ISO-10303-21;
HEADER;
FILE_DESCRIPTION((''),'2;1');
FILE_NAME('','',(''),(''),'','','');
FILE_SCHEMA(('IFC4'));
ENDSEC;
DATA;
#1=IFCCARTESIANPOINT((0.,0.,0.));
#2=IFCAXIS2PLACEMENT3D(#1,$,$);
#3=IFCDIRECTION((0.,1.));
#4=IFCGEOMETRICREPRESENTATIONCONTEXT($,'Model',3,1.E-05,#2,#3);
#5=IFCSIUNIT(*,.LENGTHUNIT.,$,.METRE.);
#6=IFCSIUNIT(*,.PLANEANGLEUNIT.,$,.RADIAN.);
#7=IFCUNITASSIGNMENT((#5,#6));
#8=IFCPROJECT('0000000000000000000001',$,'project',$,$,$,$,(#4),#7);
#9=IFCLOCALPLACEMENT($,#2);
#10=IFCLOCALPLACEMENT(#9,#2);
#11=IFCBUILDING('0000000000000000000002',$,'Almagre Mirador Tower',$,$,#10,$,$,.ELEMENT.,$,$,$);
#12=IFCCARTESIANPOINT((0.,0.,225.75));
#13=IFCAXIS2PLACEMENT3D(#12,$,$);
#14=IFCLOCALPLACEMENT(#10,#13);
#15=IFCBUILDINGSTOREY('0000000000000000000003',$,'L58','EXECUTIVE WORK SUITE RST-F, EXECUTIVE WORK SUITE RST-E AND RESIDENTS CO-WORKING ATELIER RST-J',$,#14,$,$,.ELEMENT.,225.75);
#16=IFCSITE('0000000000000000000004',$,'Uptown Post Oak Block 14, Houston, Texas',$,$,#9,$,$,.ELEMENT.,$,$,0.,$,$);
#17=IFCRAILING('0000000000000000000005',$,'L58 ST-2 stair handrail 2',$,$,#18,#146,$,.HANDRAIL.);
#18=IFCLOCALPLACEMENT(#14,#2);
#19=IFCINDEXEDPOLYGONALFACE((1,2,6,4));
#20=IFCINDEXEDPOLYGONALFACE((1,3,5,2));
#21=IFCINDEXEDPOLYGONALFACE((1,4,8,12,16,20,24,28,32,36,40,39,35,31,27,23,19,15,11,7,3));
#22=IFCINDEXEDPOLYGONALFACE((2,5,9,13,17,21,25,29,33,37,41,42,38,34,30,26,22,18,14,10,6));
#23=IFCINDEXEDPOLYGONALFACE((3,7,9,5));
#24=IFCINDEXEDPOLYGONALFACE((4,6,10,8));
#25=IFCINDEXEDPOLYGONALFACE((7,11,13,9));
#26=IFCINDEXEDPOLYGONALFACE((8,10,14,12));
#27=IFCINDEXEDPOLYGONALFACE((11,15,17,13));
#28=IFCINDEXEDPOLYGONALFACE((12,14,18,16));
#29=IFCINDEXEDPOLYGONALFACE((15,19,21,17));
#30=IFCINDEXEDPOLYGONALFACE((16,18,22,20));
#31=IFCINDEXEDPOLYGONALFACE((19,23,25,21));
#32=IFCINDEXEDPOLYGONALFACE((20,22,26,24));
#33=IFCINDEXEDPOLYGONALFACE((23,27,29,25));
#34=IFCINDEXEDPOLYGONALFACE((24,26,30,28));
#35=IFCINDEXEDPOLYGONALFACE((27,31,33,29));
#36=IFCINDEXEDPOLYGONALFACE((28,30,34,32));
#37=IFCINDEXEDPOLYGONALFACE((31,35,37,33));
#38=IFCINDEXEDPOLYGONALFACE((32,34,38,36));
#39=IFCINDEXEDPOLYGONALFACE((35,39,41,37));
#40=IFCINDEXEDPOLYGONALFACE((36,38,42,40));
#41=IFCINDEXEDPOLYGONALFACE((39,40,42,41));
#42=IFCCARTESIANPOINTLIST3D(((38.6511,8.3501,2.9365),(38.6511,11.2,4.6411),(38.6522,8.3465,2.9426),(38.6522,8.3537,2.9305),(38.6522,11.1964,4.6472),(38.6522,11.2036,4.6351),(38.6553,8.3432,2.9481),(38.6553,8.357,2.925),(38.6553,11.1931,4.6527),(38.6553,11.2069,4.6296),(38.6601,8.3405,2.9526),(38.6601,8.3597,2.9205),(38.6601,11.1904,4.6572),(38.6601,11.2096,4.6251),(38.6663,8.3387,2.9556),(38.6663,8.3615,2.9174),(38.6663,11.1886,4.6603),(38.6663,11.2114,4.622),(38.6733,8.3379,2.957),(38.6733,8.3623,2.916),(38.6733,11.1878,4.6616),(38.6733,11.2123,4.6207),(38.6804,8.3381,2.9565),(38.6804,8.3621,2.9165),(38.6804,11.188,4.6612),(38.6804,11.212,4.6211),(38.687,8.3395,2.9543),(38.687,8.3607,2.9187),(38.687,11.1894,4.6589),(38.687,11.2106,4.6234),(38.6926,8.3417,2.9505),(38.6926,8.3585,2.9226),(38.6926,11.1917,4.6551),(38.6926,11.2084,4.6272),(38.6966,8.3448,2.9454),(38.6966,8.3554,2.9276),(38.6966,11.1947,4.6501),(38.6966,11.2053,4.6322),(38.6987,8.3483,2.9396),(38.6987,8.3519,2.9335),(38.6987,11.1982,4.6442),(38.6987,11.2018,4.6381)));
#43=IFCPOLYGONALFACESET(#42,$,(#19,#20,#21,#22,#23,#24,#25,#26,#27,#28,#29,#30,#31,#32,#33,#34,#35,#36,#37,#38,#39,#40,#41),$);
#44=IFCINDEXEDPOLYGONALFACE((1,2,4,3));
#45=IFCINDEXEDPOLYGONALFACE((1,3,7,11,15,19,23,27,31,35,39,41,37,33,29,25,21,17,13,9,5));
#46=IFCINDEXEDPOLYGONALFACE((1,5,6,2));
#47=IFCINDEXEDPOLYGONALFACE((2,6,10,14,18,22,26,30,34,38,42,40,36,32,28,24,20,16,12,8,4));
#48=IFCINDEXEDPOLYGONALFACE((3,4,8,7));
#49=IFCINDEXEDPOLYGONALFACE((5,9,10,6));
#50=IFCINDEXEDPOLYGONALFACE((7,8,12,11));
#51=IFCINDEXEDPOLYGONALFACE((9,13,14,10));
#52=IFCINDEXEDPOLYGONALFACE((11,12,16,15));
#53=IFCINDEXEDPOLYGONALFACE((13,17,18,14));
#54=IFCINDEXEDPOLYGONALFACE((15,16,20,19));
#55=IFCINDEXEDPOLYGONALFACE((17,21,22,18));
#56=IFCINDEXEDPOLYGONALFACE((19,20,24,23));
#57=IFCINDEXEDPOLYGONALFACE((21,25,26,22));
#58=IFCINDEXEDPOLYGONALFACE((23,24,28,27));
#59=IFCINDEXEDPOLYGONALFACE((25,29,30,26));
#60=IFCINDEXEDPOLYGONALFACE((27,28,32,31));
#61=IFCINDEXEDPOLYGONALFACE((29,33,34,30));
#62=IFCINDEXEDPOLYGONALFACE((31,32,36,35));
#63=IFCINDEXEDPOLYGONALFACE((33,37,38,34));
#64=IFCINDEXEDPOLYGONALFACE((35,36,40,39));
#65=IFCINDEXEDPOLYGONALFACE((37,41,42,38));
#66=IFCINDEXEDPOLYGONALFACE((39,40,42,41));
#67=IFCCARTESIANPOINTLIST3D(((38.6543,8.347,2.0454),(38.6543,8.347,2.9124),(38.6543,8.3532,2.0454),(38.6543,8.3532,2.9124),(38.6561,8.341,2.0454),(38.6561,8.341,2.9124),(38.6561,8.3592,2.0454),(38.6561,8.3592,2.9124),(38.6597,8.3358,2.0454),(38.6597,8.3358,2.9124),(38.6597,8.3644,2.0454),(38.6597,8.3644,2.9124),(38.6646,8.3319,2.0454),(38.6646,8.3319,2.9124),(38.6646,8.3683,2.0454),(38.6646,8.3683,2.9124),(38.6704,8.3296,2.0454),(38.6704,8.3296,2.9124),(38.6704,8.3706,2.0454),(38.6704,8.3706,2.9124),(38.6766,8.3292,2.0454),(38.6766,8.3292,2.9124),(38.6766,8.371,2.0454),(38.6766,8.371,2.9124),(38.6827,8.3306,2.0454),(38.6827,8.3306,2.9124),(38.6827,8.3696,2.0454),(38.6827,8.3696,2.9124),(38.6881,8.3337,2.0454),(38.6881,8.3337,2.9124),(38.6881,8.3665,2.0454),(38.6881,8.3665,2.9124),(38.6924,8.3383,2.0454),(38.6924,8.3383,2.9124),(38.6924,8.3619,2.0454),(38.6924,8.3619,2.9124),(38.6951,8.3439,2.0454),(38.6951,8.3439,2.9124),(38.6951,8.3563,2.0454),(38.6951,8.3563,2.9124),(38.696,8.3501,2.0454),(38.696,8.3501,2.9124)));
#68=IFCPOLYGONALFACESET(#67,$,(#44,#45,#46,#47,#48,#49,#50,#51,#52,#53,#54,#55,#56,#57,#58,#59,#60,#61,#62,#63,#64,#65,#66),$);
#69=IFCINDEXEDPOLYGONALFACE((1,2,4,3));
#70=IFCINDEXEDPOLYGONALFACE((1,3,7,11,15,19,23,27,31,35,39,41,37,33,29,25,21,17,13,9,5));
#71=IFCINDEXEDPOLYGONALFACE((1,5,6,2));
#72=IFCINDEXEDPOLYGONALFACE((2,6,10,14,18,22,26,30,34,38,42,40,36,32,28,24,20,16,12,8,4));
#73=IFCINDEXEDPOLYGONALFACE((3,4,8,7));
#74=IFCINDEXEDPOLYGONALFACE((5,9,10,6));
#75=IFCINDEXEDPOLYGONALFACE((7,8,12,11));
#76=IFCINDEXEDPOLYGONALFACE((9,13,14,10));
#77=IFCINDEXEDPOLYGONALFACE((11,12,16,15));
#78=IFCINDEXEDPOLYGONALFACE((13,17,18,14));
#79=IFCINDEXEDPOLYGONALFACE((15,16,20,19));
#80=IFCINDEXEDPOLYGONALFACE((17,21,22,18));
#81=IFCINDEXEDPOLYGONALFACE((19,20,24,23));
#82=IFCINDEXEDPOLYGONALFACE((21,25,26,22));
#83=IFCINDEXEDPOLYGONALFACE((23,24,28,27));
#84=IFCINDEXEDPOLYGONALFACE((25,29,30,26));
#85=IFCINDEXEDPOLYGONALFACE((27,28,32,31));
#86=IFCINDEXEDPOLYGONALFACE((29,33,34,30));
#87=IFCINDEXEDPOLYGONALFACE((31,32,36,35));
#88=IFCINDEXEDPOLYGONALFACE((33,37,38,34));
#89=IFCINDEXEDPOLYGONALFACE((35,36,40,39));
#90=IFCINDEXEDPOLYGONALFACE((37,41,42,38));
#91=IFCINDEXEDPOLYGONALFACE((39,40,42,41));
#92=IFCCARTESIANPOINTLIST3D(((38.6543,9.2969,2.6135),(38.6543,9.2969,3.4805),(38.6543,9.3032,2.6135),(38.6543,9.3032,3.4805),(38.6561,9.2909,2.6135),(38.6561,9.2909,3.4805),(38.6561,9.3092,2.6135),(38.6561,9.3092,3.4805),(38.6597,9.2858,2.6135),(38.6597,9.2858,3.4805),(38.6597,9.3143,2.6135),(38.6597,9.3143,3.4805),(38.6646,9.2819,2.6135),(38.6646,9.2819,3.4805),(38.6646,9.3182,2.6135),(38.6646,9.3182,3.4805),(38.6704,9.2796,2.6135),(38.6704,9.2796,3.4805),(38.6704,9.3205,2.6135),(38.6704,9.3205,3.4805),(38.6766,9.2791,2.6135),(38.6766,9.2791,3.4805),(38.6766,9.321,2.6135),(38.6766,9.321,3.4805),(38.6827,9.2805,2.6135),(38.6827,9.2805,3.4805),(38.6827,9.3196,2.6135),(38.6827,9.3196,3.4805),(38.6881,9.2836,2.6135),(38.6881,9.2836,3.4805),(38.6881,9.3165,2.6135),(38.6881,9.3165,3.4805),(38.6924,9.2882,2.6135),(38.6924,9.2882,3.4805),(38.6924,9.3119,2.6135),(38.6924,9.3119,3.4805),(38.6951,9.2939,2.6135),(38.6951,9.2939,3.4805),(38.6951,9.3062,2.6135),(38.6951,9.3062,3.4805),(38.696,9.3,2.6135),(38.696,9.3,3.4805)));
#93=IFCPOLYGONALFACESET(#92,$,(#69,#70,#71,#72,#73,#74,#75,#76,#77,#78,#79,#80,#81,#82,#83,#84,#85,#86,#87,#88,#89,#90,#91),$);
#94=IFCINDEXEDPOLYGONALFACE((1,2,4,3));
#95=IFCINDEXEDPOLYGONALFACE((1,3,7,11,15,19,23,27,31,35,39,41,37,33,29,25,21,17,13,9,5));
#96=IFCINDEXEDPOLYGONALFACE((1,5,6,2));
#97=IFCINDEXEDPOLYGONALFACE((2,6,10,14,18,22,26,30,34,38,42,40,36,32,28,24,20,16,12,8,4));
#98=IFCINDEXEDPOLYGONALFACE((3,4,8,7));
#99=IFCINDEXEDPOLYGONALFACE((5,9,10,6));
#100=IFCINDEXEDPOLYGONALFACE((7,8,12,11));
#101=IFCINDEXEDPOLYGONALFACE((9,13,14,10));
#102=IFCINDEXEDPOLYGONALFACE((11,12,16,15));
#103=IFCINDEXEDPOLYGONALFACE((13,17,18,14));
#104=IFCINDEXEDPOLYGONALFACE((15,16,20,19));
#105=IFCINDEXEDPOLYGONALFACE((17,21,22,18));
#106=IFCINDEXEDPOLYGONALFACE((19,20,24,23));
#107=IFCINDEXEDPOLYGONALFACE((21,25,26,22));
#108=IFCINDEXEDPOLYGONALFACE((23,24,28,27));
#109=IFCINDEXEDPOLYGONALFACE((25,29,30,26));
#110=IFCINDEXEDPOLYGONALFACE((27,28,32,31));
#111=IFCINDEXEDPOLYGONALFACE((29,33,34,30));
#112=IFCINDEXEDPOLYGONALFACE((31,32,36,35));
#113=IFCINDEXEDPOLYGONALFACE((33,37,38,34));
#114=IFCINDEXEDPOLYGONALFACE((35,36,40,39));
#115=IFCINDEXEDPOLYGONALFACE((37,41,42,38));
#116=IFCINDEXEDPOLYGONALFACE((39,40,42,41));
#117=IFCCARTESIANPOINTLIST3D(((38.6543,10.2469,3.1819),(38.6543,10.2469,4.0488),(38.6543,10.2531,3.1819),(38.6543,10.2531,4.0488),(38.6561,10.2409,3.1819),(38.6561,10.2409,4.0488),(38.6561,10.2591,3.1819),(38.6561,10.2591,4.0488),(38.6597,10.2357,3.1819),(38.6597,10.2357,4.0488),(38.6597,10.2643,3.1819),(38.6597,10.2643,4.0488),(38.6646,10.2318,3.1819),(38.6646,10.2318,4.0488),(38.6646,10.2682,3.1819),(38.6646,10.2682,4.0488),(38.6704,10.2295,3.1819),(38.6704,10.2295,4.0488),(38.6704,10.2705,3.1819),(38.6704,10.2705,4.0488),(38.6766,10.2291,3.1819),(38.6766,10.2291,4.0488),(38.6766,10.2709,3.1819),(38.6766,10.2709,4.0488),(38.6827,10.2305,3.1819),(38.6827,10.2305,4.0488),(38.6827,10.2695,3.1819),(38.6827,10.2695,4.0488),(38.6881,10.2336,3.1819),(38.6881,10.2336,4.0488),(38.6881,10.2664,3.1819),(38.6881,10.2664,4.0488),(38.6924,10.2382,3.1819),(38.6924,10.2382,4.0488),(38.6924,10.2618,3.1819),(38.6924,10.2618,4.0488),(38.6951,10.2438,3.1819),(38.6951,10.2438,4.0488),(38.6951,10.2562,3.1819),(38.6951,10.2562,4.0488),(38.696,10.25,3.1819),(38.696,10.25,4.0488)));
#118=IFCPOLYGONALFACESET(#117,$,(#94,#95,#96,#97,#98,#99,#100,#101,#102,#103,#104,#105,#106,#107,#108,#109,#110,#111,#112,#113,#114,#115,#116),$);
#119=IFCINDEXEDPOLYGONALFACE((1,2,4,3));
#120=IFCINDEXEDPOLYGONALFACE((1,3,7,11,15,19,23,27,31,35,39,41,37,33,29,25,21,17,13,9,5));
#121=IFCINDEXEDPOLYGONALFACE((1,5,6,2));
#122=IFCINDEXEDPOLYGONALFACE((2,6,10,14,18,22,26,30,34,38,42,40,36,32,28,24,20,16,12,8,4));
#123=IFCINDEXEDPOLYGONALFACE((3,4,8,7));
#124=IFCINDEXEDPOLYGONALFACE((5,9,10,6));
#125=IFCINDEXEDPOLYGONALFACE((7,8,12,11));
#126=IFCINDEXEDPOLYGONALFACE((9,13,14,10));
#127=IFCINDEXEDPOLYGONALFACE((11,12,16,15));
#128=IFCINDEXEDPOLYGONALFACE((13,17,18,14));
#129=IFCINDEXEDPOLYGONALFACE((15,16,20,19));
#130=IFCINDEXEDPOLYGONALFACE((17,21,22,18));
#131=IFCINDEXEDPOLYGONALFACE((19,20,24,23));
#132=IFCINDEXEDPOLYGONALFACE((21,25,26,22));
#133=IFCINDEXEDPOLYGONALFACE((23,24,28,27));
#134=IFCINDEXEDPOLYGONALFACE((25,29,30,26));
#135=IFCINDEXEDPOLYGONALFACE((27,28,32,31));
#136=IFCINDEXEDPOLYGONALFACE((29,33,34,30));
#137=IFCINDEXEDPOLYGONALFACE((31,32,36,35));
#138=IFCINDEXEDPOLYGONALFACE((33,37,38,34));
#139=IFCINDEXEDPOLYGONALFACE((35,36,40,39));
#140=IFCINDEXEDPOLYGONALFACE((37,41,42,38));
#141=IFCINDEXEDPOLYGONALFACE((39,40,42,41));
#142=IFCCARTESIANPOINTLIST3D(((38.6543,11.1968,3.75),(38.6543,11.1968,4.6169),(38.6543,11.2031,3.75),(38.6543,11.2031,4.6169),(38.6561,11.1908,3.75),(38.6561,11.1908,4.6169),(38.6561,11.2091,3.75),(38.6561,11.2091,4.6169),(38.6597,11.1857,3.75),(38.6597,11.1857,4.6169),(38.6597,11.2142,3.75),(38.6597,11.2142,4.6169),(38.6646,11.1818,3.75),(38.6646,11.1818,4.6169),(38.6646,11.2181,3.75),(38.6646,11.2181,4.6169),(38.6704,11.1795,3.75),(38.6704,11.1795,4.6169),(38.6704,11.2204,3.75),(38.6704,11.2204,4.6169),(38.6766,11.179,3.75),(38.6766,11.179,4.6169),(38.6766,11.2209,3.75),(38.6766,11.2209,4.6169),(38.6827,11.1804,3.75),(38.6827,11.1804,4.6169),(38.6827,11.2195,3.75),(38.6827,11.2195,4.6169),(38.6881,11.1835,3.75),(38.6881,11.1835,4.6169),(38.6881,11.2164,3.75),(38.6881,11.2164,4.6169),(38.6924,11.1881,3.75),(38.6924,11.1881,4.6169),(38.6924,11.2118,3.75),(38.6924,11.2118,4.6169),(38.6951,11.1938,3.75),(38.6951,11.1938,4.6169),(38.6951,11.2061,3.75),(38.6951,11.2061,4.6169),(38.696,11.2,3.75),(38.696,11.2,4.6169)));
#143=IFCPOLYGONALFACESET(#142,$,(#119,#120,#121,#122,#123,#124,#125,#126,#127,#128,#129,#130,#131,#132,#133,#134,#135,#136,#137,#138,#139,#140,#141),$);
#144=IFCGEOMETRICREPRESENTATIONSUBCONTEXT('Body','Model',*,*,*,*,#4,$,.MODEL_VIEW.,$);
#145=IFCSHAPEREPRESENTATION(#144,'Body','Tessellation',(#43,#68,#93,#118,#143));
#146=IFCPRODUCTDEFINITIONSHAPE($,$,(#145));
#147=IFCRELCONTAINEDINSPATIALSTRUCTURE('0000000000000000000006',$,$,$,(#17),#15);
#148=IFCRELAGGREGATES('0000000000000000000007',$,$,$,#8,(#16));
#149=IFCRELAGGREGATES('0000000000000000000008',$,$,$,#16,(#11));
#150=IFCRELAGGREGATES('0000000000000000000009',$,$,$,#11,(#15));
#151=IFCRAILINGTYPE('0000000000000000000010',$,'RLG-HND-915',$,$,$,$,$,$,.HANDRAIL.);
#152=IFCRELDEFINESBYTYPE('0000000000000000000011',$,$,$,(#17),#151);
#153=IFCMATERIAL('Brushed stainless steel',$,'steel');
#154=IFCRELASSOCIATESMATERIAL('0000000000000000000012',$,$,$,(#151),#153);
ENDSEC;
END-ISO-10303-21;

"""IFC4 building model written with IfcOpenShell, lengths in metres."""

from ifc_helpers import new_model, si_unit, direction, frame, origin, origin_2d, place, context, subcontext, project, spatial, circle, extrude, material, type_object, element, save


model = new_model("IFC4")

# Units and contexts
model_context = context("Model", 3, precision=1e-05, world=origin(), true_north=direction((0.0, 1.0)))
body_context = subcontext(model_context, "Body", "Model", "MODEL_VIEW")
ifc_project = project(units=[si_unit("LENGTHUNIT", "METRE"), si_unit("PLANEANGLEUNIT", "RADIAN")], contexts=[model_context])

# Site, building, storey
site_placement = place(None, origin())
site = spatial("IfcSite", under=ifc_project, at=site_placement, Name="Uptown Post Oak Block 14, Houston, Texas", CompositionType="ELEMENT", RefElevation=0.0)
building_placement = place(site_placement, origin())
building = spatial("IfcBuilding", under=site, at=building_placement, Name="Almagre Mirador Tower", CompositionType="ELEMENT")
storey_placement = place(building_placement, frame((0.0, 0.0, 225.75)))
storey = spatial("IfcBuildingStorey", under=building, at=storey_placement, Name="L58", Description="EXECUTIVE WORK SUITE RST-F, EXECUTIVE WORK SUITE RST-E AND RESIDENTS CO-WORKING ATELIER RST-J", CompositionType="ELEMENT", Elevation=225.75)

# Railing
ifc_material_1 = material(Name="Brushed stainless steel", Category="steel")
railing_type_1 = type_object("IfcRailingType", Name="RLG-HND-915", PredefinedType="HANDRAIL", material=ifc_material_1)
railing_1_placement = place(storey_placement, frame((38.675, 8.3501, 2.0454)))
element("IfcRailing", 1, at=railing_1_placement, inside=storey, type_object=railing_type_1, Name="L58 ST-2 stair handrail 2", PredefinedType="HANDRAIL", context=body_context, shape_type="SweptSolid", body=[
    extrude(circle(Radius=0.0239, at=origin_2d()), frame((0.0, 0.0, 0.8911), z_axis=(0.0, 0.858199, 0.513317), x_axis=(-1.0, 0.0, 0.0)), (0.0, 0.0, 1.0), 3.3208),
    extrude(circle(Radius=0.021, at=origin_2d()), origin(), (0.0, 0.0, 1.0), 0.8669),
    extrude(circle(Radius=0.021, at=origin_2d()), frame((0.0, 0.95, 0.5681)), (0.0, 0.0, 1.0), 0.8669),
    extrude(circle(Radius=0.021, at=origin_2d()), frame((0.0, 1.8999, 1.1365)), (0.0, 0.0, 1.0), 0.8669),
    extrude(circle(Radius=0.021, at=origin_2d()), frame((0.0, 2.8499, 1.7046)), (0.0, 0.0, 1.0), 0.8669),
])

save(model, "model.ifc")
